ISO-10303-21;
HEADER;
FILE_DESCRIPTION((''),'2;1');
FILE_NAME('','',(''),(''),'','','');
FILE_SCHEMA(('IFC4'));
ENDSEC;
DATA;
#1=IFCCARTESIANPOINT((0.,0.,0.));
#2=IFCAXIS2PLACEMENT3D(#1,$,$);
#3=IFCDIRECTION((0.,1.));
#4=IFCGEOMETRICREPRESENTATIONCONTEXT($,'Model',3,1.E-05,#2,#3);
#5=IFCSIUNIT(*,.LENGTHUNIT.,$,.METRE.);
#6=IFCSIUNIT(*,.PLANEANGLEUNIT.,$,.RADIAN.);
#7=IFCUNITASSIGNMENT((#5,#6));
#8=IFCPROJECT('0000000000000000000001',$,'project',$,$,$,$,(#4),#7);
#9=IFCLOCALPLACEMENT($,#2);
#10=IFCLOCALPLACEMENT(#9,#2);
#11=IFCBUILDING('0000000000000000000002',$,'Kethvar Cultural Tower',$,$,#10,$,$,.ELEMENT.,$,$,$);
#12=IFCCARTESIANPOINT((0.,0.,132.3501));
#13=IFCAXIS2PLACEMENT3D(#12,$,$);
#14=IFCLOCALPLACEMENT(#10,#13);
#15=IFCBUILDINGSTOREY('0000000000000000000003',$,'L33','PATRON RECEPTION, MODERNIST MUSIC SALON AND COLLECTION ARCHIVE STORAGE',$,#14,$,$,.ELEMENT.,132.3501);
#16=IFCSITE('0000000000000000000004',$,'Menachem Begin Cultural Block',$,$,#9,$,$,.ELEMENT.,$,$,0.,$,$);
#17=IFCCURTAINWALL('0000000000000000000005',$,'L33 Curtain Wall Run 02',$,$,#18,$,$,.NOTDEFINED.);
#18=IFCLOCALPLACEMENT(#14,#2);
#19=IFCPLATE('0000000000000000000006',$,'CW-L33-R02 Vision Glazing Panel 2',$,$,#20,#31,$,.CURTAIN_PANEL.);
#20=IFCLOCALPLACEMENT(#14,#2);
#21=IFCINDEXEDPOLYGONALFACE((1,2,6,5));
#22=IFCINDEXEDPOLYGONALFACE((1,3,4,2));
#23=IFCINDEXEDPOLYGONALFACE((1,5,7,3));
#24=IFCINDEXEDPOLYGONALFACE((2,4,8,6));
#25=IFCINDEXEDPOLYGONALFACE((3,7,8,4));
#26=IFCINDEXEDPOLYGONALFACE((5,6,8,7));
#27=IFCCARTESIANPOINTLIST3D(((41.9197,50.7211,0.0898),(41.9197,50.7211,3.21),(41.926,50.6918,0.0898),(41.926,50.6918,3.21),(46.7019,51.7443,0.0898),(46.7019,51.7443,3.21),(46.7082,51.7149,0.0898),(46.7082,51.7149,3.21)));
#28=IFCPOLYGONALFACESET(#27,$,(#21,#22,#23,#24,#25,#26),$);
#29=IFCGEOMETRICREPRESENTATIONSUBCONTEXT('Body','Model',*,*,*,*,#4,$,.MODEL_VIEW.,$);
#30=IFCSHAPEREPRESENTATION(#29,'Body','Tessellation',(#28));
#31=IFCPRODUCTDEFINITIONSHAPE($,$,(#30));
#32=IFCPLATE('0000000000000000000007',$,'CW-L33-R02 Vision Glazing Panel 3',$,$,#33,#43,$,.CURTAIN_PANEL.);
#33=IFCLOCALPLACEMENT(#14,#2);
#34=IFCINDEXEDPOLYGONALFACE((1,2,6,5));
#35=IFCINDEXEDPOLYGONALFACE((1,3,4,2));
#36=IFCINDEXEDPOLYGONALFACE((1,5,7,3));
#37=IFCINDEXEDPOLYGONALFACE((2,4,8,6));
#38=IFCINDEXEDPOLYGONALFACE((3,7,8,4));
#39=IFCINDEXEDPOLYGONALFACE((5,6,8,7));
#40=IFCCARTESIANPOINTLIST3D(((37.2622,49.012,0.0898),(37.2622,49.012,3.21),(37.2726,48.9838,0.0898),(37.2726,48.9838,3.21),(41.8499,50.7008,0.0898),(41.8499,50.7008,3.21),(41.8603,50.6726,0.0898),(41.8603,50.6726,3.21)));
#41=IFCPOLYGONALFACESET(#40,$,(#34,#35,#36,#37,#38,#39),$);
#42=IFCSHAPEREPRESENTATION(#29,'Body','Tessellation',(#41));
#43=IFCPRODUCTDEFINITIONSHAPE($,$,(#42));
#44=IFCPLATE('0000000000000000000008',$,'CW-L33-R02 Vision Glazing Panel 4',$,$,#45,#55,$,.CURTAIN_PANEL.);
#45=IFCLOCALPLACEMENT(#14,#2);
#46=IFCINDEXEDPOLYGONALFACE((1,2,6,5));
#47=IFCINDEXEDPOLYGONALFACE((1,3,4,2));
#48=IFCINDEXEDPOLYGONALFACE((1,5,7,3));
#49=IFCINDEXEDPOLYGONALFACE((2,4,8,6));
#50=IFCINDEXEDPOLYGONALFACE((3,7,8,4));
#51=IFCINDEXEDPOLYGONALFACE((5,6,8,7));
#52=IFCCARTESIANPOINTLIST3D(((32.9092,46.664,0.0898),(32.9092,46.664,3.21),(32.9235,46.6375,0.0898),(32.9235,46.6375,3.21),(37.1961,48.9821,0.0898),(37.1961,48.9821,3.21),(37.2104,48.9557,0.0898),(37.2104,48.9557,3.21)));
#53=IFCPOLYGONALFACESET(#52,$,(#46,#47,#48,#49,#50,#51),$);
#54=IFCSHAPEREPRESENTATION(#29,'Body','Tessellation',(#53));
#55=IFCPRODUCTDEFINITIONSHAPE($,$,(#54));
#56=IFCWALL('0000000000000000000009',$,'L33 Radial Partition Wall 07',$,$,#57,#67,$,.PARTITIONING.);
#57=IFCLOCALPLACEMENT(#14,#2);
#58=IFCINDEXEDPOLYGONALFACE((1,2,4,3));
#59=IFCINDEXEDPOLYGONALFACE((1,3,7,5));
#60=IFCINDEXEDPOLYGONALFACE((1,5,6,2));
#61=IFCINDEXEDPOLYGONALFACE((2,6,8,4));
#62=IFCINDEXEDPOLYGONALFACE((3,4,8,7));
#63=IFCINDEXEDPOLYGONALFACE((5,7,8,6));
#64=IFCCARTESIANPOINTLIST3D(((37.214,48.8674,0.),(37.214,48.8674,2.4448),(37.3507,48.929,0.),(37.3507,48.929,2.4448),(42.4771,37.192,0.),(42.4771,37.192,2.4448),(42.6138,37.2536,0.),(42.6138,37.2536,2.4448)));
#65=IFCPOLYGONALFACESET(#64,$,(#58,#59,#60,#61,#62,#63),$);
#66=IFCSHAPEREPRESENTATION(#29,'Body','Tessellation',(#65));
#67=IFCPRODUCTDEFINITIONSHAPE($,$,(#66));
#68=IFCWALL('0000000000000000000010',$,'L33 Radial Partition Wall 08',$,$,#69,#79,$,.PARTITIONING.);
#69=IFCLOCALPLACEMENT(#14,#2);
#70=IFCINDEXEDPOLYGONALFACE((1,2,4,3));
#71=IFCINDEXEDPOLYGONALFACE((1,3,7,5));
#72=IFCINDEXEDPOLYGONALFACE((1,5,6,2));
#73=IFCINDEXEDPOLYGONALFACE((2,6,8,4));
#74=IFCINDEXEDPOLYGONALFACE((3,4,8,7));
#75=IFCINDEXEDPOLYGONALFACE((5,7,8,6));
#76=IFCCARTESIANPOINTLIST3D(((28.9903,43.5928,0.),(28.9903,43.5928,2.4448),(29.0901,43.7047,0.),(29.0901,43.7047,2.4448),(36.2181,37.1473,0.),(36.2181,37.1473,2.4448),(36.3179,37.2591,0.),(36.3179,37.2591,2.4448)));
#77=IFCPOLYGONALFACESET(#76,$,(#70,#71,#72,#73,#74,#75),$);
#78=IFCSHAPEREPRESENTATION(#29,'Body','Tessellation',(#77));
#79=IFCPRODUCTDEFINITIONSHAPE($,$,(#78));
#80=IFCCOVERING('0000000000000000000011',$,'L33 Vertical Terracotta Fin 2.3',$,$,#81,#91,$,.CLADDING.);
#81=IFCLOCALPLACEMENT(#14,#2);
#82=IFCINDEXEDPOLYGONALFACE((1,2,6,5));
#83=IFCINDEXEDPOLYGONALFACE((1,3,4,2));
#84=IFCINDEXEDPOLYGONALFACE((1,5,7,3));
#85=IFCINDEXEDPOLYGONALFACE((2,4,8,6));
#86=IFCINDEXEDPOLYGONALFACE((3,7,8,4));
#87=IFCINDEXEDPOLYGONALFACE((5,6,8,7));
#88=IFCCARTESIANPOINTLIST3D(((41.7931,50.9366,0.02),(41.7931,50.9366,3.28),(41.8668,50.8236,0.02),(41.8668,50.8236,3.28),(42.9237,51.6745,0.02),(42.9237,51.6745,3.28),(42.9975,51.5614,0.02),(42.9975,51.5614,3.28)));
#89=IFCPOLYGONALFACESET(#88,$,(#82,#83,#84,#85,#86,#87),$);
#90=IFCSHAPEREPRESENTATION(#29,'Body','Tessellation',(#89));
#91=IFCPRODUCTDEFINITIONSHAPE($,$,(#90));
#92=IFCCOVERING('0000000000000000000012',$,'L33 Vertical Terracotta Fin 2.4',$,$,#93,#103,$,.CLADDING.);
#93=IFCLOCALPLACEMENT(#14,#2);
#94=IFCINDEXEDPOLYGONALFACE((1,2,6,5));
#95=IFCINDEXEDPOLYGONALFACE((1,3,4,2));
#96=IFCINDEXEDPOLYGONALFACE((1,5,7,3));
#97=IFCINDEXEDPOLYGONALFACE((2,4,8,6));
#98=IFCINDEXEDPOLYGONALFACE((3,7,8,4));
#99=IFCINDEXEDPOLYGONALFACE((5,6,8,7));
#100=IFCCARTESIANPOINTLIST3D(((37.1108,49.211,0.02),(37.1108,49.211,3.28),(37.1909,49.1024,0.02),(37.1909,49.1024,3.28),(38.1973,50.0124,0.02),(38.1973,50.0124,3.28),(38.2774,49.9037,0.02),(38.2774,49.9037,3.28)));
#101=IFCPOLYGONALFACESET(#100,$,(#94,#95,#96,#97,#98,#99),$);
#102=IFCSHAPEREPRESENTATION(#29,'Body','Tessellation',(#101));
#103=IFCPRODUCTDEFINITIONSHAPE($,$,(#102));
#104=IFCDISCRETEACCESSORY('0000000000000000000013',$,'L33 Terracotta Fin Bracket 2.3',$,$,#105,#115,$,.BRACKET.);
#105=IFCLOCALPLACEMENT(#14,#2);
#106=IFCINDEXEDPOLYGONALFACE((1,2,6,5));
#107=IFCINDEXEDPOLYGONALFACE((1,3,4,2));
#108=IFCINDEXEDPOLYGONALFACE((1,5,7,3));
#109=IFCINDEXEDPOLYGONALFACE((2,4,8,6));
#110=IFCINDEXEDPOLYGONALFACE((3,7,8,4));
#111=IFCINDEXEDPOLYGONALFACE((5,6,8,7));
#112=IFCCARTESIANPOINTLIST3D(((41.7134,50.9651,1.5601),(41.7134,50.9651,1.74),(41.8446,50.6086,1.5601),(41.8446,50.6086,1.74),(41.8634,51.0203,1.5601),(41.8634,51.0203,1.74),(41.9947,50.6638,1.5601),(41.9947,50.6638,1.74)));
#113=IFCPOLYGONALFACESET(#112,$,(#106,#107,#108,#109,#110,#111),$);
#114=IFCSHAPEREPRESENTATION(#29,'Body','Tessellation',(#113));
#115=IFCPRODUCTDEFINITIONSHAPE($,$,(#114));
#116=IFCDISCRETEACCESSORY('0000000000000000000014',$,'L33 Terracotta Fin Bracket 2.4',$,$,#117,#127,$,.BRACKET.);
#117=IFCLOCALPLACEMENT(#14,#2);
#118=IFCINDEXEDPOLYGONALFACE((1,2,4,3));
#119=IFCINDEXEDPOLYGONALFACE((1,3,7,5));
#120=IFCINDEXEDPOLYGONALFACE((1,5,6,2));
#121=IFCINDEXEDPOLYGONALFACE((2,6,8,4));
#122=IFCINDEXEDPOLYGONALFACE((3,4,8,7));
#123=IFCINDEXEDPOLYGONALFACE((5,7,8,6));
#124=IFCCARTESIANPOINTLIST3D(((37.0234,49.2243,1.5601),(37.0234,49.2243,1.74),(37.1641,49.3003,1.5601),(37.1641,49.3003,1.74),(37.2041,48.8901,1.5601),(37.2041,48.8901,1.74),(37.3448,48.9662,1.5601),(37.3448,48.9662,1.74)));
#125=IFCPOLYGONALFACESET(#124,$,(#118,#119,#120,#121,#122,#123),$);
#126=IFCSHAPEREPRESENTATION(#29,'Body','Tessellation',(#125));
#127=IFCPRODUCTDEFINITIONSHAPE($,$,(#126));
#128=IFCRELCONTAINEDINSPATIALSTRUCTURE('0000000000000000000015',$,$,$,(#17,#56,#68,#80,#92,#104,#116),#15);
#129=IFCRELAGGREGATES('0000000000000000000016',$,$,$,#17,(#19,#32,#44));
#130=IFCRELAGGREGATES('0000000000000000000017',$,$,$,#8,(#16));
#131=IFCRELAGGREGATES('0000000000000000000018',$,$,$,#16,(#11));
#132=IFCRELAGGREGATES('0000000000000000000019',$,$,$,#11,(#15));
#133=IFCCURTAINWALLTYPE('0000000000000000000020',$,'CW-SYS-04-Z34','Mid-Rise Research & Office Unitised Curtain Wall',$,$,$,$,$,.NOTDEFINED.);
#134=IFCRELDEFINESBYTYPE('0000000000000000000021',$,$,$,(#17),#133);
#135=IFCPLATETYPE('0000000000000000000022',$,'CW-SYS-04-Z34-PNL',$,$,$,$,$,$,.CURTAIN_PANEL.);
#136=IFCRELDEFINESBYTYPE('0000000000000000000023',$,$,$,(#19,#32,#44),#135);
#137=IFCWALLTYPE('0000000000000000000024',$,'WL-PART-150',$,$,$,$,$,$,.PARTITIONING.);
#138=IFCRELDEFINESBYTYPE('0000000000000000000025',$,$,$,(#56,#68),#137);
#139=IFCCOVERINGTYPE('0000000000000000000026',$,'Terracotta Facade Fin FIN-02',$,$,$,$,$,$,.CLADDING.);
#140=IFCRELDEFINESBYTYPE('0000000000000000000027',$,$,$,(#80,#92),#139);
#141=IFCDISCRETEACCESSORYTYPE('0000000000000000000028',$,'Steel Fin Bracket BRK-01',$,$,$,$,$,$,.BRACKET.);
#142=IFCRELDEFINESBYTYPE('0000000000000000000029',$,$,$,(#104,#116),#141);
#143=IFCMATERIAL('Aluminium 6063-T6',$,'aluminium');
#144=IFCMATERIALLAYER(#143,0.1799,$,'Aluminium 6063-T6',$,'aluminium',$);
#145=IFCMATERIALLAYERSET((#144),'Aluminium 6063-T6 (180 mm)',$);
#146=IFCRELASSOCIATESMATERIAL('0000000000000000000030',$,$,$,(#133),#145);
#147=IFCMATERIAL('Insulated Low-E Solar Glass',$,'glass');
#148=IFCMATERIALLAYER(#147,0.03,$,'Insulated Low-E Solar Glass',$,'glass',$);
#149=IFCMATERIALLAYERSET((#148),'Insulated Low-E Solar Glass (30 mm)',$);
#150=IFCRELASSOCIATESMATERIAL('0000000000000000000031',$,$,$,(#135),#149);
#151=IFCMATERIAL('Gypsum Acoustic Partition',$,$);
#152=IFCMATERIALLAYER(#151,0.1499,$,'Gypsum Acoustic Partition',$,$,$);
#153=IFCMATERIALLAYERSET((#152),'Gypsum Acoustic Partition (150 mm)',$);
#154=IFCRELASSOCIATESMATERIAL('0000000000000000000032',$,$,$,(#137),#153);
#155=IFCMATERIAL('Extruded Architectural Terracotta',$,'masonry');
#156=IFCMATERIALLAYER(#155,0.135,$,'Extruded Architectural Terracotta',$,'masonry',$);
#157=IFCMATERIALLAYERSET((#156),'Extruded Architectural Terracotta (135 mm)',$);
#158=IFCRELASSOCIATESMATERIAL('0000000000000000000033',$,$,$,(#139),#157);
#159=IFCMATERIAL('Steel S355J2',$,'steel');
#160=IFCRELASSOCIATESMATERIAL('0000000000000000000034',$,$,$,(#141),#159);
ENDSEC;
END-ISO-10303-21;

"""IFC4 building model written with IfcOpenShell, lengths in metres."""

from ifc_helpers import new_model, si_unit, direction, frame, frame_2d, origin, origin_2d, place, context, subcontext, project, spatial, rectangle, extrude, source, transform, mapped, material, layer, layer_set, type_object, element, aggregate, save


model = new_model("IFC4")

# Units and contexts
model_context = context("Model", 3, precision=1e-05, world=origin(), true_north=direction((0.0, 1.0)))
body_context = subcontext(model_context, "Body", "Model", "MODEL_VIEW")
ifc_project = project(units=[si_unit("LENGTHUNIT", "METRE"), si_unit("PLANEANGLEUNIT", "RADIAN")], contexts=[model_context])

# Site, building, storey
site_placement = place(None, origin())
site = spatial("IfcSite", under=ifc_project, at=site_placement, Name="Menachem Begin Cultural Block", CompositionType="ELEMENT", RefElevation=0.0)
building_placement = place(site_placement, origin())
building = spatial("IfcBuilding", under=site, at=building_placement, Name="Kethvar Cultural Tower", CompositionType="ELEMENT")
storey_placement = place(building_placement, frame((0.0, 0.0, 132.3501)))
storey = spatial("IfcBuildingStorey", under=building, at=storey_placement, Name="L33", Description="PATRON RECEPTION, MODERNIST MUSIC SALON AND COLLECTION ARCHIVE STORAGE", CompositionType="ELEMENT", Elevation=132.3501)

# Shared definitions
ifc_material_1 = material(Name="Steel S355J2", Category="steel")

# Curtain wall, plates
ifc_material_2 = material(Name="Aluminium 6063-T6", Category="aluminium")
ifc_layer_1 = layer(ifc_material_2, 0.1799, Name="Aluminium 6063-T6", Category="aluminium")
ifc_layer_set_1 = layer_set([ifc_layer_1], Name="Aluminium 6063-T6 (180 mm)")
curtain_wall_type = type_object("IfcCurtainWallType", Name="CW-SYS-04-Z34", Description="Mid-Rise Research & Office Unitised Curtain Wall", PredefinedType="NOTDEFINED", material=ifc_layer_set_1)
curtain_wall_placement = place(storey_placement, origin())
curtain_wall = element("IfcCurtainWall", 1, at=curtain_wall_placement, inside=storey, type_object=curtain_wall_type, Name="L33 Curtain Wall Run 02", PredefinedType="NOTDEFINED")
ifc_material_3 = material(Name="Insulated Low-E Solar Glass", Category="glass")
ifc_layer_2 = layer(ifc_material_3, 0.03, Name="Insulated Low-E Solar Glass", Category="glass")
ifc_layer_set_2 = layer_set([ifc_layer_2], Name="Insulated Low-E Solar Glass (30 mm)")
plate_type = type_object("IfcPlateType", Name="CW-SYS-04-Z34-PNL", PredefinedType="CURTAIN_PANEL", material=ifc_layer_set_2)
shared_shape_1 = source(origin(), body_context, "Body", "SweptSolid", [
    extrude(rectangle(XDim=4.8904, YDim=0.03, at=origin_2d()), origin(), (0.0, 0.0, 1.0), 3.1201),
])
plate_1_placement = place(storey_placement, frame((44.314, 51.218, 0.0898), z_axis=(0.0, 0.0, 1.0), x_axis=(-0.977871, -0.209209, 0.0)))
plate_1 = element("IfcPlate", 2, at=plate_1_placement, type_object=plate_type, Name="CW-L33-R02 Vision Glazing Panel 2", PredefinedType="CURTAIN_PANEL", context=body_context, shape_type="MappedRepresentation", body=[
    mapped(shared_shape_1, transform((0.0, 0.0, 0.0), scale=1.0)),
])
shared_shape_2 = source(origin(), body_context, "Body", "SweptSolid", [
    extrude(rectangle(XDim=4.8887, YDim=0.03, at=origin_2d()), origin(), (0.0, 0.0, 1.0), 3.1201),
])
plate_2_placement = place(storey_placement, frame((39.5613, 49.8423, 0.0898), z_axis=(0.0, 0.0, 1.0), x_axis=(-0.938433, -0.345462, 0.0)))
plate_2 = element("IfcPlate", 3, at=plate_2_placement, type_object=plate_type, Name="CW-L33-R02 Vision Glazing Panel 3", PredefinedType="CURTAIN_PANEL", context=body_context, shape_type="MappedRepresentation", body=[
    mapped(shared_shape_2, transform((0.0, 0.0, 0.0), scale=1.0)),
])
shared_shape_3 = source(origin(), body_context, "Body", "SweptSolid", [
    extrude(rectangle(XDim=4.8735, YDim=0.03, at=origin_2d()), origin(), (0.0, 0.0, 1.0), 3.1201),
])
plate_3_placement = place(storey_placement, frame((35.0598, 47.8098, 0.0898), z_axis=(0.0, 0.0, 1.0), x_axis=(-0.879632, -0.475655, 0.0)))
plate_3 = element("IfcPlate", 4, at=plate_3_placement, type_object=plate_type, Name="CW-L33-R02 Vision Glazing Panel 4", PredefinedType="CURTAIN_PANEL", context=body_context, shape_type="MappedRepresentation", body=[
    mapped(shared_shape_3, transform((0.0, 0.0, 0.0), scale=1.0)),
])
aggregate(curtain_wall, [plate_1, plate_2, plate_3])

# Walls
ifc_material_4 = material(Name="Gypsum Acoustic Partition")
ifc_layer_3 = layer(ifc_material_4, 0.1499, Name="Gypsum Acoustic Partition")
ifc_layer_set_3 = layer_set([ifc_layer_3], Name="Gypsum Acoustic Partition (150 mm)")
wall_type = type_object("IfcWallType", Name="WL-PART-150", PredefinedType="PARTITIONING", material=ifc_layer_set_3)
wall_1_placement = place(storey_placement, frame((42.5454, 37.2229, 0.0), z_axis=(0.0, 0.0, 1.0), x_axis=(-0.410961, 0.911653, 0.0)))
element("IfcWall", 5, at=wall_1_placement, inside=storey, type_object=wall_type, Name="L33 Radial Partition Wall 07", PredefinedType="PARTITIONING", context=body_context, shape_type="SweptSolid", body=[
    extrude(rectangle(XDim=12.8069, YDim=0.1499, at=frame_2d((6.4033, 0.0))), origin(), (0.0, 0.0, 1.0), 2.4448),
])
wall_2_placement = place(storey_placement, frame((36.2681, 37.2031, 0.0), z_axis=(0.0, 0.0, 1.0), x_axis=(-0.746339, 0.665566, 0.0)))
element("IfcWall", 6, at=wall_2_placement, inside=storey, type_object=wall_type, Name="L33 Radial Partition Wall 08", PredefinedType="PARTITIONING", context=body_context, shape_type="SweptSolid", body=[
    extrude(rectangle(XDim=9.6843, YDim=0.1499, at=frame_2d((4.8423, 0.0))), origin(), (0.0, 0.0, 1.0), 2.4448),
])

# Coverings
ifc_material_5 = material(Name="Extruded Architectural Terracotta", Category="masonry")
ifc_layer_4 = layer(ifc_material_5, 0.135, Name="Extruded Architectural Terracotta", Category="masonry")
ifc_layer_set_4 = layer_set([ifc_layer_4], Name="Extruded Architectural Terracotta (135 mm)")
covering_type = type_object("IfcCoveringType", Name="Terracotta Facade Fin FIN-02", PredefinedType="CLADDING", material=ifc_layer_set_4)
shared_shape_4 = source(origin(), body_context, "Body", "SweptSolid", [
    extrude(rectangle(XDim=1.3501, YDim=0.135, at=origin_2d()), origin(), (0.0, 0.0, 1.0), 3.26),
])
for number, where, z_axis, x_axis, name in (
    (7, (42.3953, 51.249, 0.02), (0.0, 0.0, 1.0), (0.837433, 0.546541, 0.0), "L33 Vertical Terracotta Fin 2.3"),
    (8, (37.6941, 49.5574, 0.02), (0.0, 0.0, 1.0), (0.80479, 0.593559, 0.0), "L33 Vertical Terracotta Fin 2.4"),
):
    element("IfcCovering", number, at=place(storey_placement, frame(where, z_axis=z_axis, x_axis=x_axis)), inside=storey, type_object=covering_type, Name=name, PredefinedType="CLADDING", context=body_context, shape_type="MappedRepresentation", body=[
        mapped(shared_shape_4, transform((0.0, 0.0, 0.0), scale=1.0)),
    ])

# Discrete accessories
discrete_accessory_type = type_object("IfcDiscreteAccessoryType", Name="Steel Fin Bracket BRK-01", PredefinedType="BRACKET", material=ifc_material_1)
shared_shape_5 = source(origin(), body_context, "Body", "SweptSolid", [
    extrude(rectangle(XDim=0.3799, YDim=0.1599, at=origin_2d()), origin(), (0.0, 0.0, 1.0), 0.1799),
])
for number, where, z_axis, x_axis, name in (
    (9, (41.854, 50.8145, 1.5601), (0.0, 0.0, 1.0), (-0.345462, 0.938433, 0.0), "L33 Terracotta Fin Bracket 2.3"),
    (10, (37.1841, 49.0952, 1.5601), (0.0, 0.0, 1.0), (-0.475624, 0.879649, 0.0), "L33 Terracotta Fin Bracket 2.4"),
):
    element("IfcDiscreteAccessory", number, at=place(storey_placement, frame(where, z_axis=z_axis, x_axis=x_axis)), inside=storey, type_object=discrete_accessory_type, Name=name, PredefinedType="BRACKET", context=body_context, shape_type="MappedRepresentation", body=[
        mapped(shared_shape_5, transform((0.0, 0.0, 0.0), scale=1.0)),
    ])

save(model, "model.ifc")
